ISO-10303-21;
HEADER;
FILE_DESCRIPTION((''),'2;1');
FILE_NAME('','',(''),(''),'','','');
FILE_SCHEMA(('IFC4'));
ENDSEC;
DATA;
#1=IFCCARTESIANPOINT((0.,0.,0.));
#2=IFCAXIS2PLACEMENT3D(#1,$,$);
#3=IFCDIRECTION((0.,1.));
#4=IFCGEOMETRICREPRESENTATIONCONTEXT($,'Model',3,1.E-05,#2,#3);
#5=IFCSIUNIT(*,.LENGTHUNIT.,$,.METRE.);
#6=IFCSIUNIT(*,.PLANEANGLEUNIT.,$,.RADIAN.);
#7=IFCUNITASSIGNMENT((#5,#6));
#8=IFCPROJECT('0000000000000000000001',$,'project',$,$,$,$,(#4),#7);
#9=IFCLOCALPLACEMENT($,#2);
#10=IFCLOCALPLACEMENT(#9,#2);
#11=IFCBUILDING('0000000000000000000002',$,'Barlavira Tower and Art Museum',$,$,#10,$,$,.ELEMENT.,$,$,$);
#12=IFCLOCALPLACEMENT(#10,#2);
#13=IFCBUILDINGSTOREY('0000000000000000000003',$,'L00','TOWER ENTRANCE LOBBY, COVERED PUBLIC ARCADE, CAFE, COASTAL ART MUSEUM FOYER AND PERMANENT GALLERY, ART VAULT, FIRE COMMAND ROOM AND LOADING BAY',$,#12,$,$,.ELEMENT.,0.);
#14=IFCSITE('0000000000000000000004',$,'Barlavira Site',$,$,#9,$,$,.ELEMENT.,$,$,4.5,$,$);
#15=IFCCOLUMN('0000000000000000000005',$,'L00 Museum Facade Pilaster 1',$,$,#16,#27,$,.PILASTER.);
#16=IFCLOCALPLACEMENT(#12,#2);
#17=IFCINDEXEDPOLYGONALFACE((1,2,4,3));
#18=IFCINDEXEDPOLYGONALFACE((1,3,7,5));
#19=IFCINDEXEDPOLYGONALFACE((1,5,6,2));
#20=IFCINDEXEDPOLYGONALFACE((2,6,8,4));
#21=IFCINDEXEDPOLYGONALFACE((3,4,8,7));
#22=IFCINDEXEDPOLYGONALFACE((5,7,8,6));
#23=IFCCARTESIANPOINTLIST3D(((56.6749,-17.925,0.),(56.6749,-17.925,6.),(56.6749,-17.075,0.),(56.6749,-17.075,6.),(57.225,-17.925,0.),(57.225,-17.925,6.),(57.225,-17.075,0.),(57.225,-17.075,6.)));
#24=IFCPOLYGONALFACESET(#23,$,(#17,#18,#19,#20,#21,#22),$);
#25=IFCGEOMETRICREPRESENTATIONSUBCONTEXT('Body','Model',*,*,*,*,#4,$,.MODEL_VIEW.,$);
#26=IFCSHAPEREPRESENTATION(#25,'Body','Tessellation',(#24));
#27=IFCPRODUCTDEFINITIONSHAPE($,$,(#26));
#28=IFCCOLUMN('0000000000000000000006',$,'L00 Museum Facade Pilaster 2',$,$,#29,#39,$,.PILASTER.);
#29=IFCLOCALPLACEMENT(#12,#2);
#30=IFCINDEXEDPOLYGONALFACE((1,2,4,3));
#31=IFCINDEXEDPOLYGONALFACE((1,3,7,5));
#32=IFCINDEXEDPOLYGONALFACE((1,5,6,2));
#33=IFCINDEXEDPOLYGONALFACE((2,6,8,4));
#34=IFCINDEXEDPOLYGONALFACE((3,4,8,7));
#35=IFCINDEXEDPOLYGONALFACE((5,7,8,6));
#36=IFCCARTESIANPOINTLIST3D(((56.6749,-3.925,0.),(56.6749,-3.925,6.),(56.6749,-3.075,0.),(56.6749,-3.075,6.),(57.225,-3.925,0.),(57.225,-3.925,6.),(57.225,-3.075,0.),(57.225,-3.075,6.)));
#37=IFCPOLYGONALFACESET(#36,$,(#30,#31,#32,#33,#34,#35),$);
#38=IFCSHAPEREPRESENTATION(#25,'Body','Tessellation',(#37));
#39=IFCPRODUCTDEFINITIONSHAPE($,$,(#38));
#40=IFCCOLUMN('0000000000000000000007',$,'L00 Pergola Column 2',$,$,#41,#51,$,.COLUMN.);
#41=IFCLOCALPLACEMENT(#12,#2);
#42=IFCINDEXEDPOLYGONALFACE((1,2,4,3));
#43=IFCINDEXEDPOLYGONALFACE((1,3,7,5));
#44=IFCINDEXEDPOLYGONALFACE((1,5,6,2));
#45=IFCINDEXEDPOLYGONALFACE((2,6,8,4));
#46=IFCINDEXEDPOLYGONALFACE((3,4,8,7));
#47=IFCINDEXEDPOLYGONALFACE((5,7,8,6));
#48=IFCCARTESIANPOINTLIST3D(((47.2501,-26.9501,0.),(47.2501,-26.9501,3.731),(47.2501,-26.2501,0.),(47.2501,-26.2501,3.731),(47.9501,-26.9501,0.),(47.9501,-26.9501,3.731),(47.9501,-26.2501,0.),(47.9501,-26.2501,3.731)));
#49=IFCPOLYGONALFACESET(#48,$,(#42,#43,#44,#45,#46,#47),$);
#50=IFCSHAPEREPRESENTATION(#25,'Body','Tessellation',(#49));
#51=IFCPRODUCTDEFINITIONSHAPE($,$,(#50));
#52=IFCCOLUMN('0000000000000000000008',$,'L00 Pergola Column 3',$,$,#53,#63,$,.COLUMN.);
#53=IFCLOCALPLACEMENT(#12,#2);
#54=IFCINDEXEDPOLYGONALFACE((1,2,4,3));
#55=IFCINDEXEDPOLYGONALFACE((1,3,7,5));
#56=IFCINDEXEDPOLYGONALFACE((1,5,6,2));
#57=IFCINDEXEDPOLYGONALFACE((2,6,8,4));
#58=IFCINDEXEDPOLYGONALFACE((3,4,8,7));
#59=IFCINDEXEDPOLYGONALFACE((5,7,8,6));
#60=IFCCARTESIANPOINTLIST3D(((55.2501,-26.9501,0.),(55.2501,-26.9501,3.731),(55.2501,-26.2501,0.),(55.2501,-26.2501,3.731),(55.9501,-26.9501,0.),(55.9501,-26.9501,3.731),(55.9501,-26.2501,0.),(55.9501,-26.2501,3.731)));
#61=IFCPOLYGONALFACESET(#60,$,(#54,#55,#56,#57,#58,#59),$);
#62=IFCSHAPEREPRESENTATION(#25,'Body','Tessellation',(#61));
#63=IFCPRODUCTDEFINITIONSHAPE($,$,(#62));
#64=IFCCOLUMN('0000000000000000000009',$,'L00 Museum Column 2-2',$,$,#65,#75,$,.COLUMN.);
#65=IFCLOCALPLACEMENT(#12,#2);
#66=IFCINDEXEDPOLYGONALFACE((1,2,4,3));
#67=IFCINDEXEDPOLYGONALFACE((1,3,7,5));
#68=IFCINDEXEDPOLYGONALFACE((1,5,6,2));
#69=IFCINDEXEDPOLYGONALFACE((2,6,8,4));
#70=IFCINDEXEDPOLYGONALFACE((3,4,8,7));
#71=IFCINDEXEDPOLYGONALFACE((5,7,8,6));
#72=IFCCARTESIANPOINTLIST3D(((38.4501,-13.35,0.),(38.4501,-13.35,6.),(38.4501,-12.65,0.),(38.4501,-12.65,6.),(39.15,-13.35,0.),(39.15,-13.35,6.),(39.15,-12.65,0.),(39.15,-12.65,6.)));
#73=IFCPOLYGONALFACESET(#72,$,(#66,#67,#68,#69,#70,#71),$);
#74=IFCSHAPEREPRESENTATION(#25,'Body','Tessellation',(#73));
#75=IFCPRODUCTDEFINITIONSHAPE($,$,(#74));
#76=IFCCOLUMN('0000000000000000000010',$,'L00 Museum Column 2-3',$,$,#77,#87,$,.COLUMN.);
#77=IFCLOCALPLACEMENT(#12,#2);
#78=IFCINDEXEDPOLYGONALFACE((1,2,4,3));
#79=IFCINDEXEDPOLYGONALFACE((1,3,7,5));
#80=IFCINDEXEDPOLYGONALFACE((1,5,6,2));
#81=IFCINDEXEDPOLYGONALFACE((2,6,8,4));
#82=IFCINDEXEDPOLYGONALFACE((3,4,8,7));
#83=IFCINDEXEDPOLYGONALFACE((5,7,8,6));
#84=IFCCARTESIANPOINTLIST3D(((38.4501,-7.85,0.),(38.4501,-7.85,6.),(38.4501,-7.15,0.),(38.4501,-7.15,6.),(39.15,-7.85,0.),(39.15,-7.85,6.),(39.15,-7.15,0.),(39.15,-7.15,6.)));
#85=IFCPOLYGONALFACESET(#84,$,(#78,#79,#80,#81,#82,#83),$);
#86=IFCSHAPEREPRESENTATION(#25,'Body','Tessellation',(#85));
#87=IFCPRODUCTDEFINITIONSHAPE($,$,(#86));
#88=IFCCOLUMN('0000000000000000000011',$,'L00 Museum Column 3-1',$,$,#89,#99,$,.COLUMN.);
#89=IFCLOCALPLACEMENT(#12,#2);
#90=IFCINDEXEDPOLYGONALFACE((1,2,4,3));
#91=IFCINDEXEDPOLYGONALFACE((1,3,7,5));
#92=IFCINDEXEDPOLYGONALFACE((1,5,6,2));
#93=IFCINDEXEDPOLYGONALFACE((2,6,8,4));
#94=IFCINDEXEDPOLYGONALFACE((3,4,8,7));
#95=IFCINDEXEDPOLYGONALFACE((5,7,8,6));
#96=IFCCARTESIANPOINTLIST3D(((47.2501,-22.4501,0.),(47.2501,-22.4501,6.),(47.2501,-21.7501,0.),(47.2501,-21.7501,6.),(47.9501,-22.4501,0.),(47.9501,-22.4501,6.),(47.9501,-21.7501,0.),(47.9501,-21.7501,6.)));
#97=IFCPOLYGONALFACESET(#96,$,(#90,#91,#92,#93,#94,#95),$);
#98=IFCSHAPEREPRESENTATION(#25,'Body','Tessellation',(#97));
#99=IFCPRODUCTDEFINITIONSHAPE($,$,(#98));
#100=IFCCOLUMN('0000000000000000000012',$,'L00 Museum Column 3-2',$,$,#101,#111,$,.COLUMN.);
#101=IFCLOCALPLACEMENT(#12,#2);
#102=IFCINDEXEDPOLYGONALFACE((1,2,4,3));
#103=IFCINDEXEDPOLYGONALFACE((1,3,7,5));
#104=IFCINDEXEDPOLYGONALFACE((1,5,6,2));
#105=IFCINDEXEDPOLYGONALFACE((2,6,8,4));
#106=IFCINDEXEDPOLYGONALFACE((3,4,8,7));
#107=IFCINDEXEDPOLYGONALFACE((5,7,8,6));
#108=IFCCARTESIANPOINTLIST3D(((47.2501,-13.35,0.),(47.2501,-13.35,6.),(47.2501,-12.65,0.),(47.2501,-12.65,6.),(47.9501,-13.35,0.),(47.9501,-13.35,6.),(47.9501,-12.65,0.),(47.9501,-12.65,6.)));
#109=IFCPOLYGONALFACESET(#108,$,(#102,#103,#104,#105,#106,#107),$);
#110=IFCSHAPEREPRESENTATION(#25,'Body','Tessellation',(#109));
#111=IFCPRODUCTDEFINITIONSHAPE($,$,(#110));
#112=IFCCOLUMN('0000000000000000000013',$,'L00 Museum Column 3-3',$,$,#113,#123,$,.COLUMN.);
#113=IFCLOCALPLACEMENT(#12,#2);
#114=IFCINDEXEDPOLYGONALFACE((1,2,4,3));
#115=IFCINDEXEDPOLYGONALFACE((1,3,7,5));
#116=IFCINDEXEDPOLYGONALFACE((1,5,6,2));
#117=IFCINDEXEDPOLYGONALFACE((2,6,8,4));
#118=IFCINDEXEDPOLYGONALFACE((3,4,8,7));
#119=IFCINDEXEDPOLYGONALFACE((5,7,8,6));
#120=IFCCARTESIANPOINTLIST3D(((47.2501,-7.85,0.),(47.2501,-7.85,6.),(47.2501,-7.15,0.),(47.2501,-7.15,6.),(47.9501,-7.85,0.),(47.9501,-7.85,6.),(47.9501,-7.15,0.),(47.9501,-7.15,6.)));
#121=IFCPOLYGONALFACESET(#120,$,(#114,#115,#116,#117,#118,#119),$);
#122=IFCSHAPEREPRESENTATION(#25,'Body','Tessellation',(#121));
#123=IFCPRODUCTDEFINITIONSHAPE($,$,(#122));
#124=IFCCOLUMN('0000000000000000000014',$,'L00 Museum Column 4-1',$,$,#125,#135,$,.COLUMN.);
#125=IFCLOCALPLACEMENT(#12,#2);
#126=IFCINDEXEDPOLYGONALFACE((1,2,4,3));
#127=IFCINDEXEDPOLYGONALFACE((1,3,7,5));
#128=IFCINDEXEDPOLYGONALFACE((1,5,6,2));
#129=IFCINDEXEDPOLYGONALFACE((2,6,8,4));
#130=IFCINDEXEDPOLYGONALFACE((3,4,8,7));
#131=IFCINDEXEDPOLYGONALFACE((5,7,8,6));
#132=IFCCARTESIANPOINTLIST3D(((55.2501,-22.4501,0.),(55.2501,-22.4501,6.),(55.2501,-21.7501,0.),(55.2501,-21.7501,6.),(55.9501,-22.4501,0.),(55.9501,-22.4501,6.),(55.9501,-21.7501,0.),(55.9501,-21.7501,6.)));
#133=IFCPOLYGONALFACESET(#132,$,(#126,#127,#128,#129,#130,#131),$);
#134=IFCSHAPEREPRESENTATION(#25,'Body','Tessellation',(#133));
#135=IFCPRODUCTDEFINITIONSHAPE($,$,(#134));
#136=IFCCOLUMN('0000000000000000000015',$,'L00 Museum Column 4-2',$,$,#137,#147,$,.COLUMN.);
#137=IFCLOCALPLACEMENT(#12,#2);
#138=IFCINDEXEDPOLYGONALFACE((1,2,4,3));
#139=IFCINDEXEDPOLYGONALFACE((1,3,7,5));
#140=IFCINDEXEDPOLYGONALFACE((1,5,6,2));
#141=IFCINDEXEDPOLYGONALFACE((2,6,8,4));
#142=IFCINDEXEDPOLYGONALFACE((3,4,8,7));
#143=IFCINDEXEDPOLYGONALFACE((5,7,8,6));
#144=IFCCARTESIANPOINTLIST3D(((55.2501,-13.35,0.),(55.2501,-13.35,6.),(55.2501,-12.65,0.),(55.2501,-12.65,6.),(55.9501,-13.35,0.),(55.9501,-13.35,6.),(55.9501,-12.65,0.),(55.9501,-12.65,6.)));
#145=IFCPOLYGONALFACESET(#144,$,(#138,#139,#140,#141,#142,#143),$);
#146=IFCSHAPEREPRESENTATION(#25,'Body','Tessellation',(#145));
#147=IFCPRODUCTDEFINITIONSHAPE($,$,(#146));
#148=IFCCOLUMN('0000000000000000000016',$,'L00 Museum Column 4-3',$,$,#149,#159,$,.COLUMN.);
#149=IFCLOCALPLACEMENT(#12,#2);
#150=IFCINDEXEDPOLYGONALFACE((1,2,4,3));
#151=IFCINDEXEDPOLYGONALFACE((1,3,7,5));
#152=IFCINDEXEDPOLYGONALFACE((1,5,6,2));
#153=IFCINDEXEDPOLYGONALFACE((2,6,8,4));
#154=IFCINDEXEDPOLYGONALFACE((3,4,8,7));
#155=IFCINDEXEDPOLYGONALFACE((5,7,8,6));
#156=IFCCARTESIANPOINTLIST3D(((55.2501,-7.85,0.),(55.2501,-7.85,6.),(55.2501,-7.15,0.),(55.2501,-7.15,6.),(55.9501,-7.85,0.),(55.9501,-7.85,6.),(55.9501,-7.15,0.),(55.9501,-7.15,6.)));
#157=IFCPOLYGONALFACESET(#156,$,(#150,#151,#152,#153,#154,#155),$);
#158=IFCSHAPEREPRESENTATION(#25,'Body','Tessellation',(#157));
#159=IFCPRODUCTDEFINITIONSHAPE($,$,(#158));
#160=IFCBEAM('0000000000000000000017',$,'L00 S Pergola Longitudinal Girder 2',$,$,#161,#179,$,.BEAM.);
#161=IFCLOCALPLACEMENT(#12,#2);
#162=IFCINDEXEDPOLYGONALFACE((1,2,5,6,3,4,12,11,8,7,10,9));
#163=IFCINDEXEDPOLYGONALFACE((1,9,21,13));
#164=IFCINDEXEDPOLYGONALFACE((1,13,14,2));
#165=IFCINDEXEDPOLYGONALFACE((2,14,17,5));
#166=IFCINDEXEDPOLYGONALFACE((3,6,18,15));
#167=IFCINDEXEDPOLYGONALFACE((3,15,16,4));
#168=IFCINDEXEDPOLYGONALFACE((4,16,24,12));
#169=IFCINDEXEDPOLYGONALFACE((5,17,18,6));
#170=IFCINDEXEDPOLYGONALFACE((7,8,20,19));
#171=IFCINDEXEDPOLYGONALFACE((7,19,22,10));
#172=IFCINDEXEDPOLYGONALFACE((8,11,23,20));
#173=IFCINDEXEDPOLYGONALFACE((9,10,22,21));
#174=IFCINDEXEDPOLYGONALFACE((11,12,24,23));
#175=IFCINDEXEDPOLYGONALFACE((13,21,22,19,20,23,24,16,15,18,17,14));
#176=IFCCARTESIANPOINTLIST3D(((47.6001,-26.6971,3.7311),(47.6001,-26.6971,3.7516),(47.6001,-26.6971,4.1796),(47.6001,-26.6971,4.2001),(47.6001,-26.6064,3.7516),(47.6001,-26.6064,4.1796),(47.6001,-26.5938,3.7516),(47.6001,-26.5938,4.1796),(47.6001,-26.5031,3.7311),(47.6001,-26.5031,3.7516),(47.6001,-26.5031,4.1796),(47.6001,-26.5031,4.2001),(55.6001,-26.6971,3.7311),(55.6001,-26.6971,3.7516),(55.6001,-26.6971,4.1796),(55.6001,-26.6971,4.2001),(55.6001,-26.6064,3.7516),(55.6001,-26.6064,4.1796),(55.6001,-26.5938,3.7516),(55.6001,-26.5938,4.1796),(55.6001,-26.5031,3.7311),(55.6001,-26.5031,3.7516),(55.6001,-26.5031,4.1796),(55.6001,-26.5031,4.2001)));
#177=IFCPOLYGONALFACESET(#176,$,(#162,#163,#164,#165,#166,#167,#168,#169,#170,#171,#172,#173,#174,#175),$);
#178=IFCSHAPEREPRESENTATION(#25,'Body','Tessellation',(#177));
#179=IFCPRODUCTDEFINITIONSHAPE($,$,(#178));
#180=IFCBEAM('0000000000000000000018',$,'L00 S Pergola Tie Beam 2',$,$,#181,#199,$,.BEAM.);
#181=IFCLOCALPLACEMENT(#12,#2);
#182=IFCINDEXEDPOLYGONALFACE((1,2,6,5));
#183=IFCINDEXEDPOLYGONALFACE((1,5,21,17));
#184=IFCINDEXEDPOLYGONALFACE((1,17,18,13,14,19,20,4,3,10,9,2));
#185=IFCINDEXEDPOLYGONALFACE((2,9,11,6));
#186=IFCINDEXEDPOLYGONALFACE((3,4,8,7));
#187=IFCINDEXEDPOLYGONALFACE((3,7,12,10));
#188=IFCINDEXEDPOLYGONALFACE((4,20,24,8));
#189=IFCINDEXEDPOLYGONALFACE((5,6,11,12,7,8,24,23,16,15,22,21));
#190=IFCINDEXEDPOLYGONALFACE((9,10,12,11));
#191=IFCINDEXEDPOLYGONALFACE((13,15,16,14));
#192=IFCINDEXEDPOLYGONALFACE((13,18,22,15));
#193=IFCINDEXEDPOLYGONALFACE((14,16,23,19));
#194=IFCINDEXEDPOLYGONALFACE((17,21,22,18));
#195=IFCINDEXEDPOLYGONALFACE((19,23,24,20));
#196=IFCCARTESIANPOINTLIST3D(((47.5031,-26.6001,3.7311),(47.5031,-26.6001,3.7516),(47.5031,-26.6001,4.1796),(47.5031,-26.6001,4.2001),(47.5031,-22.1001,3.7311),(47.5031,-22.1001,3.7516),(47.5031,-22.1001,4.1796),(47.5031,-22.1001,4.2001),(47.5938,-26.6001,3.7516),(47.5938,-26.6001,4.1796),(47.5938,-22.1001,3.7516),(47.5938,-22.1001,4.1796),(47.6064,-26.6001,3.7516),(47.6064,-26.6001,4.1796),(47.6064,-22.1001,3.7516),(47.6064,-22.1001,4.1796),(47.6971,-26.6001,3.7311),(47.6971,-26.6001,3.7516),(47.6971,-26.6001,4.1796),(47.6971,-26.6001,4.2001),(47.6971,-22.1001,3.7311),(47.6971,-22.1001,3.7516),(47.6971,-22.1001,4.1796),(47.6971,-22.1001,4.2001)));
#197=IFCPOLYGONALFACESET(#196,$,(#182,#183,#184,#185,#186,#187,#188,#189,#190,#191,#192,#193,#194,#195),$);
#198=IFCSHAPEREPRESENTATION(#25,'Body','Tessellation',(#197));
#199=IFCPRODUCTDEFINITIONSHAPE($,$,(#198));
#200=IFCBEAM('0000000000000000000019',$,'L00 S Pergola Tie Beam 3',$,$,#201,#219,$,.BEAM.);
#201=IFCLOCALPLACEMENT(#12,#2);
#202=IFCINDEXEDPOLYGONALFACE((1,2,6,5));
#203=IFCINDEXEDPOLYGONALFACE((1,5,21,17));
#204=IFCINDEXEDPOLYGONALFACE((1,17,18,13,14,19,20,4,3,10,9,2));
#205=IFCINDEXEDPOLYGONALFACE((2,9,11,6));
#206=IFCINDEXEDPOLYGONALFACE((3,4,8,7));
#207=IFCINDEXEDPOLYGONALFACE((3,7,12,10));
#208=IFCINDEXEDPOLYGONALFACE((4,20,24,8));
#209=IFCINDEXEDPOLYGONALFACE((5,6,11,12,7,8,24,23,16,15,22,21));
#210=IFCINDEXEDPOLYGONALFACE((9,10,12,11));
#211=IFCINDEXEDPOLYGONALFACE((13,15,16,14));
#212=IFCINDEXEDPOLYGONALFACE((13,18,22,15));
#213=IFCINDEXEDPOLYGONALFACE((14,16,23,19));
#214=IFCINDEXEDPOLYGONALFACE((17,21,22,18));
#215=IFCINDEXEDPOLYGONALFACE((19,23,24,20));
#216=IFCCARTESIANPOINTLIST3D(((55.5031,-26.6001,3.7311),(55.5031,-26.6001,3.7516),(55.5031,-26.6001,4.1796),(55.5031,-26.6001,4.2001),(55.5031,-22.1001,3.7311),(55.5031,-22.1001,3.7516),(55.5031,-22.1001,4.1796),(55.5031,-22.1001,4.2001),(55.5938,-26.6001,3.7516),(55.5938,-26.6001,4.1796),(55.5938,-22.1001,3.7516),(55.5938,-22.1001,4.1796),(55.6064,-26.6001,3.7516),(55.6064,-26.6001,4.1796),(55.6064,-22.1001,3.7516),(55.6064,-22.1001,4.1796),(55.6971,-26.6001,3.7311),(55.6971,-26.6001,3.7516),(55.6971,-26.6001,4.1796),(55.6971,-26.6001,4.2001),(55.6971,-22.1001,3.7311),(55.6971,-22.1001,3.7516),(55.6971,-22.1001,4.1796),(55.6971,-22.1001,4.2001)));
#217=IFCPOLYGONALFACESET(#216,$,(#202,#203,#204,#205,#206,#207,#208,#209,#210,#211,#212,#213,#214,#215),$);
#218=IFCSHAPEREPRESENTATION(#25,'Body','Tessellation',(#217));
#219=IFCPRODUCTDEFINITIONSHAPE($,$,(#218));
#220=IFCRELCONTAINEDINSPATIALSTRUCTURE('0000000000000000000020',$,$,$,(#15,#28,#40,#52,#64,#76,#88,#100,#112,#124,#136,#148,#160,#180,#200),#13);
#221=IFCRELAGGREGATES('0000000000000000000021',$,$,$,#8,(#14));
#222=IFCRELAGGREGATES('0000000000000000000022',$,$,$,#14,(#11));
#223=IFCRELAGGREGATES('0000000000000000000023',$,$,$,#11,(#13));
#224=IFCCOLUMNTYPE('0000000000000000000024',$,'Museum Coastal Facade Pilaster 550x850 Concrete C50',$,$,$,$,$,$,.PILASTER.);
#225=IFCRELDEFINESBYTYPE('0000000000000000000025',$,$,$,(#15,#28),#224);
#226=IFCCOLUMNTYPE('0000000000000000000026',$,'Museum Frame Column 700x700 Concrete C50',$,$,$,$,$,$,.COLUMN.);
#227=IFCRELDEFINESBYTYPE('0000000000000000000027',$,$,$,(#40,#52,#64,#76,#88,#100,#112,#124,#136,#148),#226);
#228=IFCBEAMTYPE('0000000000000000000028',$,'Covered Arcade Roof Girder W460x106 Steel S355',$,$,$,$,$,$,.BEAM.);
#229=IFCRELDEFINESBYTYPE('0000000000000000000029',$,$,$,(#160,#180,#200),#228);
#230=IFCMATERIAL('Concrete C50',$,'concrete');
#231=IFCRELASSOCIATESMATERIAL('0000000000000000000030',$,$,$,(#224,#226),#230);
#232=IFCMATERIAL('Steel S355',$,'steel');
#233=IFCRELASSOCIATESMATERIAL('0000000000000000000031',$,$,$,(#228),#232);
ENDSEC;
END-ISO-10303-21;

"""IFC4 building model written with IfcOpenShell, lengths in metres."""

from ifc_helpers import new_model, si_unit, direction, frame, origin, origin_2d, place, context, subcontext, project, spatial, rectangle, i_section, extrude, material, material_profile, profile_set, type_object, element, save


model = new_model("IFC4")

# Units and contexts
model_context = context("Model", 3, precision=1e-05, world=origin(), true_north=direction((0.0, 1.0)))
body_context = subcontext(model_context, "Body", "Model", "MODEL_VIEW")
ifc_project = project(units=[si_unit("LENGTHUNIT", "METRE"), si_unit("PLANEANGLEUNIT", "RADIAN")], contexts=[model_context])

# Site, building, storey
site_placement = place(None, origin())
site = spatial("IfcSite", under=ifc_project, at=site_placement, Name="Barlavira Site", CompositionType="ELEMENT", RefElevation=4.5)
building_placement = place(site_placement, origin())
building = spatial("IfcBuilding", under=site, at=building_placement, Name="Barlavira Tower and Art Museum", CompositionType="ELEMENT")
storey_placement = place(building_placement, origin())
storey = spatial("IfcBuildingStorey", under=building, at=storey_placement, Name="L00", Description="TOWER ENTRANCE LOBBY, COVERED PUBLIC ARCADE, CAFE, COASTAL ART MUSEUM FOYER AND PERMANENT GALLERY, ART VAULT, FIRE COMMAND ROOM AND LOADING BAY", CompositionType="ELEMENT", Elevation=0.0)

# Columns
ifc_material_1 = material(Name="Concrete C50", Category="concrete")
ifc_material_profile_1 = material_profile(ifc_material_1, rectangle(XDim=0.55, YDim=0.8501, at=origin_2d()), Name="RC-PIL 550x850")
ifc_profile_set_1 = profile_set([ifc_material_profile_1], Name="Concrete C50")
column_type_1 = type_object("IfcColumnType", Name="Museum Coastal Facade Pilaster 550x850 Concrete C50", PredefinedType="PILASTER", material=ifc_profile_set_1)
for number, where, z_axis, x_axis, name in (
    (1, (56.95, -17.5, 0.0), (0.0, 0.0, 1.0), (1.0, 0.0, 0.0), "L00 Museum Facade Pilaster 1"),
    (2, (56.95, -3.5, 0.0), (0.0, 0.0, 1.0), (1.0, 0.0, 0.0), "L00 Museum Facade Pilaster 2"),
):
    element("IfcColumn", number, at=place(storey_placement, frame(where, z_axis=z_axis, x_axis=x_axis)), inside=storey, type_object=column_type_1, Name=name, PredefinedType="PILASTER", context=body_context, shape_type="SweptSolid", body=[
        extrude(rectangle(XDim=0.55, YDim=0.8501, at=origin_2d()), origin(), (0.0, 0.0, 1.0), 6.0),
    ])
ifc_material_profile_2 = material_profile(ifc_material_1, rectangle(XDim=0.7, YDim=0.7, at=origin_2d()), Name="RC-COL 700x700")
ifc_profile_set_2 = profile_set([ifc_material_profile_2], Name="Concrete C50")
column_type_2 = type_object("IfcColumnType", Name="Museum Frame Column 700x700 Concrete C50", PredefinedType="COLUMN", material=ifc_profile_set_2)
for number, where, z_axis, x_axis, name in (
    (3, (47.6001, -26.6001, 0.0), (0.0, 0.0, 1.0), (1.0, 0.0, 0.0), "L00 Pergola Column 2"),
    (4, (55.6001, -26.6001, 0.0), (0.0, 0.0, 1.0), (1.0, 0.0, 0.0), "L00 Pergola Column 3"),
):
    element("IfcColumn", number, at=place(storey_placement, frame(where, z_axis=z_axis, x_axis=x_axis)), inside=storey, type_object=column_type_2, Name=name, PredefinedType="COLUMN", context=body_context, shape_type="SweptSolid", body=[
        extrude(rectangle(XDim=0.7, YDim=0.7, at=origin_2d()), origin(), (0.0, 0.0, 1.0), 3.731),
    ])
for number, where, z_axis, x_axis, name in (
    (5, (38.8, -13.0, 0.0), (0.0, 0.0, 1.0), (1.0, 0.0, 0.0), "L00 Museum Column 2-2"),
    (6, (38.8, -7.5, 0.0), (0.0, 0.0, 1.0), (1.0, 0.0, 0.0), "L00 Museum Column 2-3"),
    (7, (47.6001, -22.1001, 0.0), (0.0, 0.0, 1.0), (1.0, 0.0, 0.0), "L00 Museum Column 3-1"),
    (8, (47.6001, -13.0, 0.0), (0.0, 0.0, 1.0), (1.0, 0.0, 0.0), "L00 Museum Column 3-2"),
    (9, (47.6001, -7.5, 0.0), (0.0, 0.0, 1.0), (1.0, 0.0, 0.0), "L00 Museum Column 3-3"),
    (10, (55.6001, -22.1001, 0.0), (0.0, 0.0, 1.0), (1.0, 0.0, 0.0), "L00 Museum Column 4-1"),
    (11, (55.6001, -13.0, 0.0), (0.0, 0.0, 1.0), (1.0, 0.0, 0.0), "L00 Museum Column 4-2"),
    (12, (55.6001, -7.5, 0.0), (0.0, 0.0, 1.0), (1.0, 0.0, 0.0), "L00 Museum Column 4-3"),
):
    element("IfcColumn", number, at=place(storey_placement, frame(where, z_axis=z_axis, x_axis=x_axis)), inside=storey, type_object=column_type_2, Name=name, PredefinedType="COLUMN", context=body_context, shape_type="SweptSolid", body=[
        extrude(rectangle(XDim=0.7, YDim=0.7, at=origin_2d()), origin(), (0.0, 0.0, 1.0), 6.0),
    ])

# Beams
ifc_material_2 = material(Name="Steel S355", Category="steel")
ifc_material_profile_3 = material_profile(ifc_material_2, i_section(OverallWidth=0.1941, OverallDepth=0.469, WebThickness=0.0127, FlangeThickness=0.0205, at=origin_2d()), Name="W460x106.0")
ifc_profile_set_3 = profile_set([ifc_material_profile_3], Name="Steel S355")
beam_type_1 = type_object("IfcBeamType", Name="Covered Arcade Roof Girder W460x106 Steel S355", PredefinedType="BEAM", material=ifc_profile_set_3)
beam_1_placement = place(storey_placement, frame((47.6001, -26.6001, 3.9656), z_axis=(1.0, 0.0, 0.0), x_axis=(0.0, 1.0, 0.0)))
element("IfcBeam", 13, at=beam_1_placement, inside=storey, type_object=beam_type_1, Name="L00 S Pergola Longitudinal Girder 2", PredefinedType="BEAM", context=body_context, shape_type="SweptSolid", body=[
    extrude(i_section(OverallWidth=0.1941, OverallDepth=0.469, WebThickness=0.0127, FlangeThickness=0.0205, at=origin_2d()), origin(), (0.0, 0.0, 1.0), 8.0),
])
for number, where, z_axis, x_axis, name in (
    (14, (47.6001, -26.6001, 3.9656), (0.0, 1.0, 0.0), (-1.0, 0.0, 0.0), "L00 S Pergola Tie Beam 2"),
    (15, (55.6001, -26.6001, 3.9656), (0.0, 1.0, 0.0), (-1.0, 0.0, 0.0), "L00 S Pergola Tie Beam 3"),
):
    element("IfcBeam", number, at=place(storey_placement, frame(where, z_axis=z_axis, x_axis=x_axis)), inside=storey, type_object=beam_type_1, Name=name, PredefinedType="BEAM", context=body_context, shape_type="SweptSolid", body=[
        extrude(i_section(OverallWidth=0.1941, OverallDepth=0.469, WebThickness=0.0127, FlangeThickness=0.0205, at=origin_2d()), origin(), (0.0, 0.0, 1.0), 4.5),
    ])

save(model, "model.ifc")
